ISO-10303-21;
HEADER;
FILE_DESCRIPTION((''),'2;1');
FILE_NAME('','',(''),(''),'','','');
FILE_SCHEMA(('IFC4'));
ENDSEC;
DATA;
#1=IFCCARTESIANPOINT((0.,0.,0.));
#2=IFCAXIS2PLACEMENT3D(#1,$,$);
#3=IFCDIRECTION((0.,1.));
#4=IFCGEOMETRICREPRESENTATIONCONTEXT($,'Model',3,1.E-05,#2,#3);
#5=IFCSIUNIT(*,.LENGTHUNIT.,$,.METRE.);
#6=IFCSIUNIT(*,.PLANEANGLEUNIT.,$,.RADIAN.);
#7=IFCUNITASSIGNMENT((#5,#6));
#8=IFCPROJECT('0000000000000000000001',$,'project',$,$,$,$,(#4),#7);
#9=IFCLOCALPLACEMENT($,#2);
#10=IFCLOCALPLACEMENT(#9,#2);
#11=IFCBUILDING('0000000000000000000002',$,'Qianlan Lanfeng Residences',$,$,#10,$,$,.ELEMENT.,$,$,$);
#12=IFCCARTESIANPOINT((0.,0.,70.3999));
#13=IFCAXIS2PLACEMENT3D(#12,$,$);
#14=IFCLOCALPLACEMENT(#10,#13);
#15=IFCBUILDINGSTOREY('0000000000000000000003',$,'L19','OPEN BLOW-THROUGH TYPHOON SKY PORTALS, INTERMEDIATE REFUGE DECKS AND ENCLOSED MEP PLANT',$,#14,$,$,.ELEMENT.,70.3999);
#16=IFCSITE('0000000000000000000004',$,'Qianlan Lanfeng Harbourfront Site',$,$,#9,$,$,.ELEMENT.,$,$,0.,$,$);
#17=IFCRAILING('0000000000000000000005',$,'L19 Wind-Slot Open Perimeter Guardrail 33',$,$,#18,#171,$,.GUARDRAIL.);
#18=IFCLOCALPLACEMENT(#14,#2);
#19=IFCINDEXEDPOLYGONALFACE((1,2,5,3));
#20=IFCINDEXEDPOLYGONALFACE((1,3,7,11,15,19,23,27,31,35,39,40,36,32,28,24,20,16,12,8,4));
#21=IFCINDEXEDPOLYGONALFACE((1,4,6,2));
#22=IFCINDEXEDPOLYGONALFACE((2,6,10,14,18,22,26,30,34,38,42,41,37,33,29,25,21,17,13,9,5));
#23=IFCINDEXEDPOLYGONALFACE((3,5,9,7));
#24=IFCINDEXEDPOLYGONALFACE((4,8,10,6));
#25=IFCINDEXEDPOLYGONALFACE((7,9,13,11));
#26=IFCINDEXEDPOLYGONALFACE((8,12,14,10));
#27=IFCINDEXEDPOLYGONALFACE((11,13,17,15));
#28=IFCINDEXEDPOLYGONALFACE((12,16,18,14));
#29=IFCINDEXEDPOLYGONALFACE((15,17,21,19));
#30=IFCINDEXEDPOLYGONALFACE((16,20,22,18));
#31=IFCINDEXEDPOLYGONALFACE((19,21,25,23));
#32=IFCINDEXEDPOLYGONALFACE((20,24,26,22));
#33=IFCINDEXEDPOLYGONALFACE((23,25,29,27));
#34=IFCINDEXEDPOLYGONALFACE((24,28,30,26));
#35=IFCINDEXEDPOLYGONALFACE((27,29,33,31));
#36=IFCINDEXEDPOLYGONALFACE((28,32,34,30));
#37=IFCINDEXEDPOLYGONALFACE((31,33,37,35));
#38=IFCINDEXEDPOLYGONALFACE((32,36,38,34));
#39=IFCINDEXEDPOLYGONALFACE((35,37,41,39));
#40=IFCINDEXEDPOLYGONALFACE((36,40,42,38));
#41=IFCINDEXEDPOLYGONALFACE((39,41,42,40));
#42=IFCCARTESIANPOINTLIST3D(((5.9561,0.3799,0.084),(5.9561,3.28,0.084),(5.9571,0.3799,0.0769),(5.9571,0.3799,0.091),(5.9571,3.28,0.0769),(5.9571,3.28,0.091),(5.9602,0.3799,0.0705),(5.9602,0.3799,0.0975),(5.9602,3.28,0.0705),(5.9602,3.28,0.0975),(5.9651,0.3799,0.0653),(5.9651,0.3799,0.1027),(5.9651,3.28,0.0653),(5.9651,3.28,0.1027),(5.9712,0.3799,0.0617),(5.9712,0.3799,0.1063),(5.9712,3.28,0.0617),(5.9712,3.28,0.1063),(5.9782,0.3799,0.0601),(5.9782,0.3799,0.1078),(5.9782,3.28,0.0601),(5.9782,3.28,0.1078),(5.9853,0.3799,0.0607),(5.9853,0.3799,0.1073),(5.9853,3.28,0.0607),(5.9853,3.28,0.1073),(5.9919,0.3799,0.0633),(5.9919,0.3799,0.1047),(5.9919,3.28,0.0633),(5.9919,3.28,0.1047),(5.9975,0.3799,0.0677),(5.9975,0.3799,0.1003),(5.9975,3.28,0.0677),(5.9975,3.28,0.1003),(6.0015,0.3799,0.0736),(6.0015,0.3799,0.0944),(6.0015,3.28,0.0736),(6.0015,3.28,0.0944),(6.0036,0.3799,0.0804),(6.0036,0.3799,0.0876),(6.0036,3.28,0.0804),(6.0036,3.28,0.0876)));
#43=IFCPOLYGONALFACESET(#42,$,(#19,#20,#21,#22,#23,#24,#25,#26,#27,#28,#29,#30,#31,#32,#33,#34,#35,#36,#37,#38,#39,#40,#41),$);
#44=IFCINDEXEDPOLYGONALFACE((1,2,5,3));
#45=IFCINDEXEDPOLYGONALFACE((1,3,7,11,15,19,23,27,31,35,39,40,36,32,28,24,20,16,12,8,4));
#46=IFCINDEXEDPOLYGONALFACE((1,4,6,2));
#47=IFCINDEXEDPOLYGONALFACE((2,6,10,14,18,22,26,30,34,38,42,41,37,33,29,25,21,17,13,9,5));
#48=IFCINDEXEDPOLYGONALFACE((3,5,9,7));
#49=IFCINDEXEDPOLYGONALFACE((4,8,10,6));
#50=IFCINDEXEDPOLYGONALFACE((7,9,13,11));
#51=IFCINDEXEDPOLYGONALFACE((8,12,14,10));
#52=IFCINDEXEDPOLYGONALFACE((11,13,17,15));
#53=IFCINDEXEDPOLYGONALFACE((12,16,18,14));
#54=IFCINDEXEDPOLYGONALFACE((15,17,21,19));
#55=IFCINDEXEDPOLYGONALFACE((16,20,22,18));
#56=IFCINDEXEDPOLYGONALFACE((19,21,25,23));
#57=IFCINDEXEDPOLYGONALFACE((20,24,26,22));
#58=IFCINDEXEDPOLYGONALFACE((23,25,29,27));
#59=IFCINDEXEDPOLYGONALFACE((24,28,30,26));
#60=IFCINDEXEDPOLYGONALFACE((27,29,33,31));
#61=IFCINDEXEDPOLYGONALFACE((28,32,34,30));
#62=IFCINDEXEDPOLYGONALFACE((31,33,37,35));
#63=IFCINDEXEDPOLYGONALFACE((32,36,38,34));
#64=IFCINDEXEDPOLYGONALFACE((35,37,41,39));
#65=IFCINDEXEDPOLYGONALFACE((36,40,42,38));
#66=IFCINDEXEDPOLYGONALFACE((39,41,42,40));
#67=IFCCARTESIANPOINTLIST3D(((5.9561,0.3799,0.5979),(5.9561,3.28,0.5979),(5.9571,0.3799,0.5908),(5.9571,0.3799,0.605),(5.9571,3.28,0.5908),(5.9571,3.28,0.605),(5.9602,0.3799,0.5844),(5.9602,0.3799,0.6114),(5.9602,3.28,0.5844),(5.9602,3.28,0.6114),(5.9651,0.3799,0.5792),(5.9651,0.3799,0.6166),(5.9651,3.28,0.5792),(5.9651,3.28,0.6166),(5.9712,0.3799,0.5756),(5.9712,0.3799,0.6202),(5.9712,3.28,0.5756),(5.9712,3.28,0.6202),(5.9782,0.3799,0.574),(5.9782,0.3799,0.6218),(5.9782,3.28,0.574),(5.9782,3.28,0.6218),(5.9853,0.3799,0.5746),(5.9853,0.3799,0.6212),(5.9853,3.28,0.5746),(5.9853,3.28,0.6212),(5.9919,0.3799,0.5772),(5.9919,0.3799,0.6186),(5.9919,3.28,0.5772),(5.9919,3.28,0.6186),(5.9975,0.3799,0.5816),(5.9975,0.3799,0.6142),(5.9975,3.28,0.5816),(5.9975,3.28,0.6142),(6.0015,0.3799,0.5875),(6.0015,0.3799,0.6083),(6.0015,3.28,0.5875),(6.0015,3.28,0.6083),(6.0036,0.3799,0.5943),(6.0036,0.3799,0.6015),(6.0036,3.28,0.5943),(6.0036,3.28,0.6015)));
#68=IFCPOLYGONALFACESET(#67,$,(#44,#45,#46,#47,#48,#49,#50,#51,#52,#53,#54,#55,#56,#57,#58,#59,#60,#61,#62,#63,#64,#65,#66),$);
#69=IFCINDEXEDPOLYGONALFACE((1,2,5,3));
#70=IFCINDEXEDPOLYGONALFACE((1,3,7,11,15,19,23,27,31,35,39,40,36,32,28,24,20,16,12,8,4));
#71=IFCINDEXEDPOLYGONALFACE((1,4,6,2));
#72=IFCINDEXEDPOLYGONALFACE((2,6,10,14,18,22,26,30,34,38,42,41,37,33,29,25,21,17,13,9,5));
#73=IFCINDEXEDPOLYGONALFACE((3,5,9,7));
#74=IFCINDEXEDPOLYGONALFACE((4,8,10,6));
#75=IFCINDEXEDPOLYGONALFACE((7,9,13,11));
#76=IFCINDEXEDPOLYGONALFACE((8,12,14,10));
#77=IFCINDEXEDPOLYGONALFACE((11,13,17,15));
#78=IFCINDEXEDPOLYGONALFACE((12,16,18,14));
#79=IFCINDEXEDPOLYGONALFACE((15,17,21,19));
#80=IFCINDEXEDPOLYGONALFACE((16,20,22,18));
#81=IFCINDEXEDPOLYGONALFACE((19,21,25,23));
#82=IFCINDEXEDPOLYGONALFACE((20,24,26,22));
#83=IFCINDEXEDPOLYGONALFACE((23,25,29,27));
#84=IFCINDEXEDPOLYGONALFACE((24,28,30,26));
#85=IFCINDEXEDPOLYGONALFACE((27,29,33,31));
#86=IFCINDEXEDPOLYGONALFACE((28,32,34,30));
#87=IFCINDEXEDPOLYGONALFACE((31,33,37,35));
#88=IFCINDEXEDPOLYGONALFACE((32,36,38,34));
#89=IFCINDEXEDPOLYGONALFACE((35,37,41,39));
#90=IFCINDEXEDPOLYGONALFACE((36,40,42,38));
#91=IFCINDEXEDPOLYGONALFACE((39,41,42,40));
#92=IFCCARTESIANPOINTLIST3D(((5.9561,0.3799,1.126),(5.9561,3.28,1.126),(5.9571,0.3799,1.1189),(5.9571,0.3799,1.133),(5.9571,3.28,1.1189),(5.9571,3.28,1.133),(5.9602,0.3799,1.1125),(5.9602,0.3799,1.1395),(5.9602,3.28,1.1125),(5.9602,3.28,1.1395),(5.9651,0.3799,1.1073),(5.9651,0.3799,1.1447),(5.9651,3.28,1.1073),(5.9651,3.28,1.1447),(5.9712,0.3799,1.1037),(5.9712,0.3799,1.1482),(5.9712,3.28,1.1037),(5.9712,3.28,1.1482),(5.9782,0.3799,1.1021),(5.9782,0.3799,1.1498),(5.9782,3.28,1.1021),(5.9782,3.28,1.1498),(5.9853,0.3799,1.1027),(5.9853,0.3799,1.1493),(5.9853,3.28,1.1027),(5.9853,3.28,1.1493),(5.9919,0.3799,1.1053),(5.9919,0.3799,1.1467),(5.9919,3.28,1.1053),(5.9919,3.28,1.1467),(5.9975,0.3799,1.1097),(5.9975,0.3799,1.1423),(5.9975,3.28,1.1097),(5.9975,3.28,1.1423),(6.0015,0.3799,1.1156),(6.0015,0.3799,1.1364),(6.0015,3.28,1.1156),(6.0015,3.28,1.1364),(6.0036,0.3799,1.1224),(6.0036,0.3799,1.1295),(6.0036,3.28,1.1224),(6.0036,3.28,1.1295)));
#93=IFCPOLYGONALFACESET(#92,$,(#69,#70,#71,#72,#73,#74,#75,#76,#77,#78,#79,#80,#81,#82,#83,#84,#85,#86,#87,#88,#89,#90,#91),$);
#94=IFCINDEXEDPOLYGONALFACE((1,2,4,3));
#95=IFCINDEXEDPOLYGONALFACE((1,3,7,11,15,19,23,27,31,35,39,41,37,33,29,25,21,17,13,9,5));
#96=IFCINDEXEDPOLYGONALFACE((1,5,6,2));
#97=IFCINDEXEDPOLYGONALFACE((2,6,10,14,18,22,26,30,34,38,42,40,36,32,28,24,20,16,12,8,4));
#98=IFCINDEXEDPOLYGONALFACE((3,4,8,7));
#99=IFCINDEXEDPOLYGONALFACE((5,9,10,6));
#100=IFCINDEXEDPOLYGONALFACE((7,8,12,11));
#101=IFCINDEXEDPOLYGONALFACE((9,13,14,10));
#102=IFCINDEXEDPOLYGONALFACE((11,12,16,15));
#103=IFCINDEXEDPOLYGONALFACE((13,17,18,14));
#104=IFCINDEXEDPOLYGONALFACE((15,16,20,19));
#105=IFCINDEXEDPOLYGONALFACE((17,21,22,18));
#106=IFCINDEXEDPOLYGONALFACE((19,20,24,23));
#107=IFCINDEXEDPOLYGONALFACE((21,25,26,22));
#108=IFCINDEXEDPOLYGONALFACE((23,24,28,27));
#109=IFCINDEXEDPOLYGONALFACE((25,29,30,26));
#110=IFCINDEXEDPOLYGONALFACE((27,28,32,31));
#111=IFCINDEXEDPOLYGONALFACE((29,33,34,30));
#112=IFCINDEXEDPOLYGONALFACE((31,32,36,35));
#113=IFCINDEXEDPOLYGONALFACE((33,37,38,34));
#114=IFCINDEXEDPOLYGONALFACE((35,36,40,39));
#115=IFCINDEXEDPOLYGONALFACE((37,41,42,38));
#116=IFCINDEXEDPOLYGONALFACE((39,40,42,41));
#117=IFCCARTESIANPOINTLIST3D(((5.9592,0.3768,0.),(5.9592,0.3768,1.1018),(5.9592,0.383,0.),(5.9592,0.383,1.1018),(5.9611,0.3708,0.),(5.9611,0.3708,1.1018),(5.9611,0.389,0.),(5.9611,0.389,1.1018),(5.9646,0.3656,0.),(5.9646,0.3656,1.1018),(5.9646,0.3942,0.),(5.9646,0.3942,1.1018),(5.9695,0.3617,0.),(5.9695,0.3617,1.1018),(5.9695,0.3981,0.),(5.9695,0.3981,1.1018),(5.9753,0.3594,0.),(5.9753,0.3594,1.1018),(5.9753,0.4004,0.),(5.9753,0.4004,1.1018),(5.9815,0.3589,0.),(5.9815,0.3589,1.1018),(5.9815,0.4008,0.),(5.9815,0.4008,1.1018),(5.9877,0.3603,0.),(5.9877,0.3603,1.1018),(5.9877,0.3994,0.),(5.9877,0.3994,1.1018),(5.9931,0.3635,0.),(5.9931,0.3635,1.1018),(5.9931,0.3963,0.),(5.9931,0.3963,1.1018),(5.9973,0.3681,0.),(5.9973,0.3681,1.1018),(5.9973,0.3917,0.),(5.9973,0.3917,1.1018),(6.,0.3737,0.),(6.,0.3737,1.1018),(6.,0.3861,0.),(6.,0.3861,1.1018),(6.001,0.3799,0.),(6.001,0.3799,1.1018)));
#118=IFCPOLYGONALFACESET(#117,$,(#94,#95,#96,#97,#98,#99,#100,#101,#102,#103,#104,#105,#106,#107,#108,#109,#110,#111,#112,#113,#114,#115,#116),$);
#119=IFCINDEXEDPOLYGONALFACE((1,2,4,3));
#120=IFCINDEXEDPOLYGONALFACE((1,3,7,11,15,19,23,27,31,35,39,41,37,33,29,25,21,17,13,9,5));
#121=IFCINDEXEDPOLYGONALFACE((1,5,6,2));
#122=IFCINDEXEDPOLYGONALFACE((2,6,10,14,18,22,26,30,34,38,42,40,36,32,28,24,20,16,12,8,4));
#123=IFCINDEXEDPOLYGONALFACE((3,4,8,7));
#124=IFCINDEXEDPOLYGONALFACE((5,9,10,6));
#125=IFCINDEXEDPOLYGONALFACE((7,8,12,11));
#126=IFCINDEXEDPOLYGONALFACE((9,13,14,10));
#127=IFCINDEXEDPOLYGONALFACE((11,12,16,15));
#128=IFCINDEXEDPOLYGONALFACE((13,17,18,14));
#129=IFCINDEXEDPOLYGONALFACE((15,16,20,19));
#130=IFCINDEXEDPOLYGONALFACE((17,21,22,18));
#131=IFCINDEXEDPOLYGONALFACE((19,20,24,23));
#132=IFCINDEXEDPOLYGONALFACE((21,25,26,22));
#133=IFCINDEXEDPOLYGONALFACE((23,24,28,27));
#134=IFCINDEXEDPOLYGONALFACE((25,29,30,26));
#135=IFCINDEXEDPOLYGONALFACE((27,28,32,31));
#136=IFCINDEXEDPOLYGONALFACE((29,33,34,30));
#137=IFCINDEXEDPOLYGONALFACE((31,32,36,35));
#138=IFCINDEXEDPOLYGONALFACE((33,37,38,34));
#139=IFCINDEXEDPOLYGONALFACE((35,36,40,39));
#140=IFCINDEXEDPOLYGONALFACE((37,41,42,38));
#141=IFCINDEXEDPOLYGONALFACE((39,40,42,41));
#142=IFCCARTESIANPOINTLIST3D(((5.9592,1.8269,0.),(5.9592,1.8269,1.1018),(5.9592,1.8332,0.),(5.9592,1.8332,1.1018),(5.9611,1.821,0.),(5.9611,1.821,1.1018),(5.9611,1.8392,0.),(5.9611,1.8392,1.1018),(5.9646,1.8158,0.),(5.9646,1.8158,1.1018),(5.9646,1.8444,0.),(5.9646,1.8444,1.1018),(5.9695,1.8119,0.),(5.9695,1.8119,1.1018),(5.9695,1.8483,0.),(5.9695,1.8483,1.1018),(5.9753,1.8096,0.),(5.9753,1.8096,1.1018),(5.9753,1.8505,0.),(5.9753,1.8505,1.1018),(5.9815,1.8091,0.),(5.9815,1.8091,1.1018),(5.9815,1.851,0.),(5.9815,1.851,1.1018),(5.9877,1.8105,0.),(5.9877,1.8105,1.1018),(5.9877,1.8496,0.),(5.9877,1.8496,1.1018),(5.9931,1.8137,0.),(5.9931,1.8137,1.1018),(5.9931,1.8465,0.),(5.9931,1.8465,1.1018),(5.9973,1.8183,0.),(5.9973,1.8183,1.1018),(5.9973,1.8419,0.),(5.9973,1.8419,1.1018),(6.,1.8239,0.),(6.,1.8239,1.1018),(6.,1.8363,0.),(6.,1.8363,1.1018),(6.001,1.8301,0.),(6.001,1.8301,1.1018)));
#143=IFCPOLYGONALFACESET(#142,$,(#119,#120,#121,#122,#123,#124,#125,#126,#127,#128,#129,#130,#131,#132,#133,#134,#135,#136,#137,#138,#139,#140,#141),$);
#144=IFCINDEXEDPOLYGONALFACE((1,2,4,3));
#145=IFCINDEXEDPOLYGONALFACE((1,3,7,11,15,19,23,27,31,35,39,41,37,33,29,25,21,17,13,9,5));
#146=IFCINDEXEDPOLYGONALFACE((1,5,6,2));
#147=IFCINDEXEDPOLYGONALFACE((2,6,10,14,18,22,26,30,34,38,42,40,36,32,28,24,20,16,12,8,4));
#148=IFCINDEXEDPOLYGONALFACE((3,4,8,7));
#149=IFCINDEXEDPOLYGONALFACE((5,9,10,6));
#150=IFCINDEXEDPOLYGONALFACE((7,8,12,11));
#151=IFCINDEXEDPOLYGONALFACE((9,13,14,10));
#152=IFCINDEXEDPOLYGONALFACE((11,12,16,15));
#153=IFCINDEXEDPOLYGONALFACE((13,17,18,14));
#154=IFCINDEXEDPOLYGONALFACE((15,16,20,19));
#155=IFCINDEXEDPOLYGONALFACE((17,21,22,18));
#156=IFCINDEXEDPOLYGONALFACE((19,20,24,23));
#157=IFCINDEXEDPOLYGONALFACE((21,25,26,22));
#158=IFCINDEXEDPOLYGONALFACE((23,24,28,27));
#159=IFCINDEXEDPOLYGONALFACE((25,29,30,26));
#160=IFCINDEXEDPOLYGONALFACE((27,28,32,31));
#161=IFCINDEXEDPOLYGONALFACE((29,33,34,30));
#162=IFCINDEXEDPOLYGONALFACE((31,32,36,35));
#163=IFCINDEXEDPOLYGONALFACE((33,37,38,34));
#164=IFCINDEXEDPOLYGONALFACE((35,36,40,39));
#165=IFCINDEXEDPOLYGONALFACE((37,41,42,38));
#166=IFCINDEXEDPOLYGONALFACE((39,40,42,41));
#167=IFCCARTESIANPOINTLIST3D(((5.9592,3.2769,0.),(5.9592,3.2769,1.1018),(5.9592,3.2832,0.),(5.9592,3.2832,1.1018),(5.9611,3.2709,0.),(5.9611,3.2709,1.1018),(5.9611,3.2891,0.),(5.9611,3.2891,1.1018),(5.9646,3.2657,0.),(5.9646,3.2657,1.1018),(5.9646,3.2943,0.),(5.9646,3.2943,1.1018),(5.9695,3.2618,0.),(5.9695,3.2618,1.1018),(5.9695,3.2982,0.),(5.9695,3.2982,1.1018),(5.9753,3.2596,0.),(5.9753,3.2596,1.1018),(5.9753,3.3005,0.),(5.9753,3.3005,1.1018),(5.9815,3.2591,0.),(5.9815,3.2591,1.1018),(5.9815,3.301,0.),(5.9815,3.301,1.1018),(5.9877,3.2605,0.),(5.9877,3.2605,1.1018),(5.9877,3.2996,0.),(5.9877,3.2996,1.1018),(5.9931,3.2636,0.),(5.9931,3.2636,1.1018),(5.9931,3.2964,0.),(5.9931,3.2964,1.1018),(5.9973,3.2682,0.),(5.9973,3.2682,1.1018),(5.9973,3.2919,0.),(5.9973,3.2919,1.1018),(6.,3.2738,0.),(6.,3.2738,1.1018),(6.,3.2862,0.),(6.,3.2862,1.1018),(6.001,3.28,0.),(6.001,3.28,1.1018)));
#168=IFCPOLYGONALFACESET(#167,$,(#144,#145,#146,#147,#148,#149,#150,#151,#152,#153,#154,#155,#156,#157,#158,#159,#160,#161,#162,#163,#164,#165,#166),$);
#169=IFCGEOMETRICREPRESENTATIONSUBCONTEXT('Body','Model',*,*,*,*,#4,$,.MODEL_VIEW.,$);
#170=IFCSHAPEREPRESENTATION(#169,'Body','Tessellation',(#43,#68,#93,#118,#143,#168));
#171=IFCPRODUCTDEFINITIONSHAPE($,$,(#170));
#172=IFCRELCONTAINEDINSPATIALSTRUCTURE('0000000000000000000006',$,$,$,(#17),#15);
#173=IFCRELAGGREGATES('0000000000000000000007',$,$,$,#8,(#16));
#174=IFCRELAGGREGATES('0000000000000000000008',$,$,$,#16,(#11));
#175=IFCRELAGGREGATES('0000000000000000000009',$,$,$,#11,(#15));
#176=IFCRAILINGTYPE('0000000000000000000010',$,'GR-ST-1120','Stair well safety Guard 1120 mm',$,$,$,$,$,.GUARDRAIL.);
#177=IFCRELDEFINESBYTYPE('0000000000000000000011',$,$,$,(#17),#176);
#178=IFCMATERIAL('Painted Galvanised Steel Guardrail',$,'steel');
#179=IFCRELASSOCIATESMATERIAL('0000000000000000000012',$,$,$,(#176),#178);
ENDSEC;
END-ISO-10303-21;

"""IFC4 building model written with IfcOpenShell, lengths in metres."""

from ifc_helpers import new_model, si_unit, direction, frame, origin, origin_2d, place, context, subcontext, project, spatial, circle, extrude, material, type_object, element, save


model = new_model("IFC4")

# Units and contexts
model_context = context("Model", 3, precision=1e-05, world=origin(), true_north=direction((0.0, 1.0)))
body_context = subcontext(model_context, "Body", "Model", "MODEL_VIEW")
ifc_project = project(units=[si_unit("LENGTHUNIT", "METRE"), si_unit("PLANEANGLEUNIT", "RADIAN")], contexts=[model_context])

# Site, building, storey
site_placement = place(None, origin())
site = spatial("IfcSite", under=ifc_project, at=site_placement, Name="Qianlan Lanfeng Harbourfront Site", CompositionType="ELEMENT", RefElevation=0.0)
building_placement = place(site_placement, origin())
building = spatial("IfcBuilding", under=site, at=building_placement, Name="Qianlan Lanfeng Residences", CompositionType="ELEMENT")
storey_placement = place(building_placement, frame((0.0, 0.0, 70.3999)))
storey = spatial("IfcBuildingStorey", under=building, at=storey_placement, Name="L19", Description="OPEN BLOW-THROUGH TYPHOON SKY PORTALS, INTERMEDIATE REFUGE DECKS AND ENCLOSED MEP PLANT", CompositionType="ELEMENT", Elevation=70.3999)

# Railing
ifc_material_1 = material(Name="Painted Galvanised Steel Guardrail", Category="steel")
railing_type = type_object("IfcRailingType", Name="GR-ST-1120", Description="Stair well safety Guard 1120 mm", PredefinedType="GUARDRAIL", material=ifc_material_1)
railing_1_placement = place(storey_placement, frame((5.98, 0.3799, 0.0)))
element("IfcRailing", 1, at=railing_1_placement, inside=storey, type_object=railing_type, Name="L19 Wind-Slot Open Perimeter Guardrail 33", PredefinedType="GUARDRAIL", context=body_context, shape_type="SweptSolid", body=[
    extrude(circle(Radius=0.0239, at=origin_2d()), frame((0.0, 0.0, 0.084), z_axis=(0.0, 1.0, 0.0), x_axis=(-1.0, 0.0, 0.0)), (0.0, 0.0, 1.0), 2.9001),
    extrude(circle(Radius=0.0239, at=origin_2d()), frame((0.0, 0.0, 0.5979), z_axis=(0.0, 1.0, 0.0), x_axis=(-1.0, 0.0, 0.0)), (0.0, 0.0, 1.0), 2.9001),
    extrude(circle(Radius=0.0239, at=origin_2d()), frame((0.0, 0.0, 1.126), z_axis=(0.0, 1.0, 0.0), x_axis=(-1.0, 0.0, 0.0)), (0.0, 0.0, 1.0), 2.9001),
    extrude(circle(Radius=0.021, at=origin_2d()), origin(), (0.0, 0.0, 1.0), 1.1018),
    extrude(circle(Radius=0.021, at=origin_2d()), frame((0.0, 1.4502, 0.0)), (0.0, 0.0, 1.0), 1.1018),
    extrude(circle(Radius=0.021, at=origin_2d()), frame((0.0, 2.9001, 0.0)), (0.0, 0.0, 1.0), 1.1018),
])

save(model, "model.ifc")
